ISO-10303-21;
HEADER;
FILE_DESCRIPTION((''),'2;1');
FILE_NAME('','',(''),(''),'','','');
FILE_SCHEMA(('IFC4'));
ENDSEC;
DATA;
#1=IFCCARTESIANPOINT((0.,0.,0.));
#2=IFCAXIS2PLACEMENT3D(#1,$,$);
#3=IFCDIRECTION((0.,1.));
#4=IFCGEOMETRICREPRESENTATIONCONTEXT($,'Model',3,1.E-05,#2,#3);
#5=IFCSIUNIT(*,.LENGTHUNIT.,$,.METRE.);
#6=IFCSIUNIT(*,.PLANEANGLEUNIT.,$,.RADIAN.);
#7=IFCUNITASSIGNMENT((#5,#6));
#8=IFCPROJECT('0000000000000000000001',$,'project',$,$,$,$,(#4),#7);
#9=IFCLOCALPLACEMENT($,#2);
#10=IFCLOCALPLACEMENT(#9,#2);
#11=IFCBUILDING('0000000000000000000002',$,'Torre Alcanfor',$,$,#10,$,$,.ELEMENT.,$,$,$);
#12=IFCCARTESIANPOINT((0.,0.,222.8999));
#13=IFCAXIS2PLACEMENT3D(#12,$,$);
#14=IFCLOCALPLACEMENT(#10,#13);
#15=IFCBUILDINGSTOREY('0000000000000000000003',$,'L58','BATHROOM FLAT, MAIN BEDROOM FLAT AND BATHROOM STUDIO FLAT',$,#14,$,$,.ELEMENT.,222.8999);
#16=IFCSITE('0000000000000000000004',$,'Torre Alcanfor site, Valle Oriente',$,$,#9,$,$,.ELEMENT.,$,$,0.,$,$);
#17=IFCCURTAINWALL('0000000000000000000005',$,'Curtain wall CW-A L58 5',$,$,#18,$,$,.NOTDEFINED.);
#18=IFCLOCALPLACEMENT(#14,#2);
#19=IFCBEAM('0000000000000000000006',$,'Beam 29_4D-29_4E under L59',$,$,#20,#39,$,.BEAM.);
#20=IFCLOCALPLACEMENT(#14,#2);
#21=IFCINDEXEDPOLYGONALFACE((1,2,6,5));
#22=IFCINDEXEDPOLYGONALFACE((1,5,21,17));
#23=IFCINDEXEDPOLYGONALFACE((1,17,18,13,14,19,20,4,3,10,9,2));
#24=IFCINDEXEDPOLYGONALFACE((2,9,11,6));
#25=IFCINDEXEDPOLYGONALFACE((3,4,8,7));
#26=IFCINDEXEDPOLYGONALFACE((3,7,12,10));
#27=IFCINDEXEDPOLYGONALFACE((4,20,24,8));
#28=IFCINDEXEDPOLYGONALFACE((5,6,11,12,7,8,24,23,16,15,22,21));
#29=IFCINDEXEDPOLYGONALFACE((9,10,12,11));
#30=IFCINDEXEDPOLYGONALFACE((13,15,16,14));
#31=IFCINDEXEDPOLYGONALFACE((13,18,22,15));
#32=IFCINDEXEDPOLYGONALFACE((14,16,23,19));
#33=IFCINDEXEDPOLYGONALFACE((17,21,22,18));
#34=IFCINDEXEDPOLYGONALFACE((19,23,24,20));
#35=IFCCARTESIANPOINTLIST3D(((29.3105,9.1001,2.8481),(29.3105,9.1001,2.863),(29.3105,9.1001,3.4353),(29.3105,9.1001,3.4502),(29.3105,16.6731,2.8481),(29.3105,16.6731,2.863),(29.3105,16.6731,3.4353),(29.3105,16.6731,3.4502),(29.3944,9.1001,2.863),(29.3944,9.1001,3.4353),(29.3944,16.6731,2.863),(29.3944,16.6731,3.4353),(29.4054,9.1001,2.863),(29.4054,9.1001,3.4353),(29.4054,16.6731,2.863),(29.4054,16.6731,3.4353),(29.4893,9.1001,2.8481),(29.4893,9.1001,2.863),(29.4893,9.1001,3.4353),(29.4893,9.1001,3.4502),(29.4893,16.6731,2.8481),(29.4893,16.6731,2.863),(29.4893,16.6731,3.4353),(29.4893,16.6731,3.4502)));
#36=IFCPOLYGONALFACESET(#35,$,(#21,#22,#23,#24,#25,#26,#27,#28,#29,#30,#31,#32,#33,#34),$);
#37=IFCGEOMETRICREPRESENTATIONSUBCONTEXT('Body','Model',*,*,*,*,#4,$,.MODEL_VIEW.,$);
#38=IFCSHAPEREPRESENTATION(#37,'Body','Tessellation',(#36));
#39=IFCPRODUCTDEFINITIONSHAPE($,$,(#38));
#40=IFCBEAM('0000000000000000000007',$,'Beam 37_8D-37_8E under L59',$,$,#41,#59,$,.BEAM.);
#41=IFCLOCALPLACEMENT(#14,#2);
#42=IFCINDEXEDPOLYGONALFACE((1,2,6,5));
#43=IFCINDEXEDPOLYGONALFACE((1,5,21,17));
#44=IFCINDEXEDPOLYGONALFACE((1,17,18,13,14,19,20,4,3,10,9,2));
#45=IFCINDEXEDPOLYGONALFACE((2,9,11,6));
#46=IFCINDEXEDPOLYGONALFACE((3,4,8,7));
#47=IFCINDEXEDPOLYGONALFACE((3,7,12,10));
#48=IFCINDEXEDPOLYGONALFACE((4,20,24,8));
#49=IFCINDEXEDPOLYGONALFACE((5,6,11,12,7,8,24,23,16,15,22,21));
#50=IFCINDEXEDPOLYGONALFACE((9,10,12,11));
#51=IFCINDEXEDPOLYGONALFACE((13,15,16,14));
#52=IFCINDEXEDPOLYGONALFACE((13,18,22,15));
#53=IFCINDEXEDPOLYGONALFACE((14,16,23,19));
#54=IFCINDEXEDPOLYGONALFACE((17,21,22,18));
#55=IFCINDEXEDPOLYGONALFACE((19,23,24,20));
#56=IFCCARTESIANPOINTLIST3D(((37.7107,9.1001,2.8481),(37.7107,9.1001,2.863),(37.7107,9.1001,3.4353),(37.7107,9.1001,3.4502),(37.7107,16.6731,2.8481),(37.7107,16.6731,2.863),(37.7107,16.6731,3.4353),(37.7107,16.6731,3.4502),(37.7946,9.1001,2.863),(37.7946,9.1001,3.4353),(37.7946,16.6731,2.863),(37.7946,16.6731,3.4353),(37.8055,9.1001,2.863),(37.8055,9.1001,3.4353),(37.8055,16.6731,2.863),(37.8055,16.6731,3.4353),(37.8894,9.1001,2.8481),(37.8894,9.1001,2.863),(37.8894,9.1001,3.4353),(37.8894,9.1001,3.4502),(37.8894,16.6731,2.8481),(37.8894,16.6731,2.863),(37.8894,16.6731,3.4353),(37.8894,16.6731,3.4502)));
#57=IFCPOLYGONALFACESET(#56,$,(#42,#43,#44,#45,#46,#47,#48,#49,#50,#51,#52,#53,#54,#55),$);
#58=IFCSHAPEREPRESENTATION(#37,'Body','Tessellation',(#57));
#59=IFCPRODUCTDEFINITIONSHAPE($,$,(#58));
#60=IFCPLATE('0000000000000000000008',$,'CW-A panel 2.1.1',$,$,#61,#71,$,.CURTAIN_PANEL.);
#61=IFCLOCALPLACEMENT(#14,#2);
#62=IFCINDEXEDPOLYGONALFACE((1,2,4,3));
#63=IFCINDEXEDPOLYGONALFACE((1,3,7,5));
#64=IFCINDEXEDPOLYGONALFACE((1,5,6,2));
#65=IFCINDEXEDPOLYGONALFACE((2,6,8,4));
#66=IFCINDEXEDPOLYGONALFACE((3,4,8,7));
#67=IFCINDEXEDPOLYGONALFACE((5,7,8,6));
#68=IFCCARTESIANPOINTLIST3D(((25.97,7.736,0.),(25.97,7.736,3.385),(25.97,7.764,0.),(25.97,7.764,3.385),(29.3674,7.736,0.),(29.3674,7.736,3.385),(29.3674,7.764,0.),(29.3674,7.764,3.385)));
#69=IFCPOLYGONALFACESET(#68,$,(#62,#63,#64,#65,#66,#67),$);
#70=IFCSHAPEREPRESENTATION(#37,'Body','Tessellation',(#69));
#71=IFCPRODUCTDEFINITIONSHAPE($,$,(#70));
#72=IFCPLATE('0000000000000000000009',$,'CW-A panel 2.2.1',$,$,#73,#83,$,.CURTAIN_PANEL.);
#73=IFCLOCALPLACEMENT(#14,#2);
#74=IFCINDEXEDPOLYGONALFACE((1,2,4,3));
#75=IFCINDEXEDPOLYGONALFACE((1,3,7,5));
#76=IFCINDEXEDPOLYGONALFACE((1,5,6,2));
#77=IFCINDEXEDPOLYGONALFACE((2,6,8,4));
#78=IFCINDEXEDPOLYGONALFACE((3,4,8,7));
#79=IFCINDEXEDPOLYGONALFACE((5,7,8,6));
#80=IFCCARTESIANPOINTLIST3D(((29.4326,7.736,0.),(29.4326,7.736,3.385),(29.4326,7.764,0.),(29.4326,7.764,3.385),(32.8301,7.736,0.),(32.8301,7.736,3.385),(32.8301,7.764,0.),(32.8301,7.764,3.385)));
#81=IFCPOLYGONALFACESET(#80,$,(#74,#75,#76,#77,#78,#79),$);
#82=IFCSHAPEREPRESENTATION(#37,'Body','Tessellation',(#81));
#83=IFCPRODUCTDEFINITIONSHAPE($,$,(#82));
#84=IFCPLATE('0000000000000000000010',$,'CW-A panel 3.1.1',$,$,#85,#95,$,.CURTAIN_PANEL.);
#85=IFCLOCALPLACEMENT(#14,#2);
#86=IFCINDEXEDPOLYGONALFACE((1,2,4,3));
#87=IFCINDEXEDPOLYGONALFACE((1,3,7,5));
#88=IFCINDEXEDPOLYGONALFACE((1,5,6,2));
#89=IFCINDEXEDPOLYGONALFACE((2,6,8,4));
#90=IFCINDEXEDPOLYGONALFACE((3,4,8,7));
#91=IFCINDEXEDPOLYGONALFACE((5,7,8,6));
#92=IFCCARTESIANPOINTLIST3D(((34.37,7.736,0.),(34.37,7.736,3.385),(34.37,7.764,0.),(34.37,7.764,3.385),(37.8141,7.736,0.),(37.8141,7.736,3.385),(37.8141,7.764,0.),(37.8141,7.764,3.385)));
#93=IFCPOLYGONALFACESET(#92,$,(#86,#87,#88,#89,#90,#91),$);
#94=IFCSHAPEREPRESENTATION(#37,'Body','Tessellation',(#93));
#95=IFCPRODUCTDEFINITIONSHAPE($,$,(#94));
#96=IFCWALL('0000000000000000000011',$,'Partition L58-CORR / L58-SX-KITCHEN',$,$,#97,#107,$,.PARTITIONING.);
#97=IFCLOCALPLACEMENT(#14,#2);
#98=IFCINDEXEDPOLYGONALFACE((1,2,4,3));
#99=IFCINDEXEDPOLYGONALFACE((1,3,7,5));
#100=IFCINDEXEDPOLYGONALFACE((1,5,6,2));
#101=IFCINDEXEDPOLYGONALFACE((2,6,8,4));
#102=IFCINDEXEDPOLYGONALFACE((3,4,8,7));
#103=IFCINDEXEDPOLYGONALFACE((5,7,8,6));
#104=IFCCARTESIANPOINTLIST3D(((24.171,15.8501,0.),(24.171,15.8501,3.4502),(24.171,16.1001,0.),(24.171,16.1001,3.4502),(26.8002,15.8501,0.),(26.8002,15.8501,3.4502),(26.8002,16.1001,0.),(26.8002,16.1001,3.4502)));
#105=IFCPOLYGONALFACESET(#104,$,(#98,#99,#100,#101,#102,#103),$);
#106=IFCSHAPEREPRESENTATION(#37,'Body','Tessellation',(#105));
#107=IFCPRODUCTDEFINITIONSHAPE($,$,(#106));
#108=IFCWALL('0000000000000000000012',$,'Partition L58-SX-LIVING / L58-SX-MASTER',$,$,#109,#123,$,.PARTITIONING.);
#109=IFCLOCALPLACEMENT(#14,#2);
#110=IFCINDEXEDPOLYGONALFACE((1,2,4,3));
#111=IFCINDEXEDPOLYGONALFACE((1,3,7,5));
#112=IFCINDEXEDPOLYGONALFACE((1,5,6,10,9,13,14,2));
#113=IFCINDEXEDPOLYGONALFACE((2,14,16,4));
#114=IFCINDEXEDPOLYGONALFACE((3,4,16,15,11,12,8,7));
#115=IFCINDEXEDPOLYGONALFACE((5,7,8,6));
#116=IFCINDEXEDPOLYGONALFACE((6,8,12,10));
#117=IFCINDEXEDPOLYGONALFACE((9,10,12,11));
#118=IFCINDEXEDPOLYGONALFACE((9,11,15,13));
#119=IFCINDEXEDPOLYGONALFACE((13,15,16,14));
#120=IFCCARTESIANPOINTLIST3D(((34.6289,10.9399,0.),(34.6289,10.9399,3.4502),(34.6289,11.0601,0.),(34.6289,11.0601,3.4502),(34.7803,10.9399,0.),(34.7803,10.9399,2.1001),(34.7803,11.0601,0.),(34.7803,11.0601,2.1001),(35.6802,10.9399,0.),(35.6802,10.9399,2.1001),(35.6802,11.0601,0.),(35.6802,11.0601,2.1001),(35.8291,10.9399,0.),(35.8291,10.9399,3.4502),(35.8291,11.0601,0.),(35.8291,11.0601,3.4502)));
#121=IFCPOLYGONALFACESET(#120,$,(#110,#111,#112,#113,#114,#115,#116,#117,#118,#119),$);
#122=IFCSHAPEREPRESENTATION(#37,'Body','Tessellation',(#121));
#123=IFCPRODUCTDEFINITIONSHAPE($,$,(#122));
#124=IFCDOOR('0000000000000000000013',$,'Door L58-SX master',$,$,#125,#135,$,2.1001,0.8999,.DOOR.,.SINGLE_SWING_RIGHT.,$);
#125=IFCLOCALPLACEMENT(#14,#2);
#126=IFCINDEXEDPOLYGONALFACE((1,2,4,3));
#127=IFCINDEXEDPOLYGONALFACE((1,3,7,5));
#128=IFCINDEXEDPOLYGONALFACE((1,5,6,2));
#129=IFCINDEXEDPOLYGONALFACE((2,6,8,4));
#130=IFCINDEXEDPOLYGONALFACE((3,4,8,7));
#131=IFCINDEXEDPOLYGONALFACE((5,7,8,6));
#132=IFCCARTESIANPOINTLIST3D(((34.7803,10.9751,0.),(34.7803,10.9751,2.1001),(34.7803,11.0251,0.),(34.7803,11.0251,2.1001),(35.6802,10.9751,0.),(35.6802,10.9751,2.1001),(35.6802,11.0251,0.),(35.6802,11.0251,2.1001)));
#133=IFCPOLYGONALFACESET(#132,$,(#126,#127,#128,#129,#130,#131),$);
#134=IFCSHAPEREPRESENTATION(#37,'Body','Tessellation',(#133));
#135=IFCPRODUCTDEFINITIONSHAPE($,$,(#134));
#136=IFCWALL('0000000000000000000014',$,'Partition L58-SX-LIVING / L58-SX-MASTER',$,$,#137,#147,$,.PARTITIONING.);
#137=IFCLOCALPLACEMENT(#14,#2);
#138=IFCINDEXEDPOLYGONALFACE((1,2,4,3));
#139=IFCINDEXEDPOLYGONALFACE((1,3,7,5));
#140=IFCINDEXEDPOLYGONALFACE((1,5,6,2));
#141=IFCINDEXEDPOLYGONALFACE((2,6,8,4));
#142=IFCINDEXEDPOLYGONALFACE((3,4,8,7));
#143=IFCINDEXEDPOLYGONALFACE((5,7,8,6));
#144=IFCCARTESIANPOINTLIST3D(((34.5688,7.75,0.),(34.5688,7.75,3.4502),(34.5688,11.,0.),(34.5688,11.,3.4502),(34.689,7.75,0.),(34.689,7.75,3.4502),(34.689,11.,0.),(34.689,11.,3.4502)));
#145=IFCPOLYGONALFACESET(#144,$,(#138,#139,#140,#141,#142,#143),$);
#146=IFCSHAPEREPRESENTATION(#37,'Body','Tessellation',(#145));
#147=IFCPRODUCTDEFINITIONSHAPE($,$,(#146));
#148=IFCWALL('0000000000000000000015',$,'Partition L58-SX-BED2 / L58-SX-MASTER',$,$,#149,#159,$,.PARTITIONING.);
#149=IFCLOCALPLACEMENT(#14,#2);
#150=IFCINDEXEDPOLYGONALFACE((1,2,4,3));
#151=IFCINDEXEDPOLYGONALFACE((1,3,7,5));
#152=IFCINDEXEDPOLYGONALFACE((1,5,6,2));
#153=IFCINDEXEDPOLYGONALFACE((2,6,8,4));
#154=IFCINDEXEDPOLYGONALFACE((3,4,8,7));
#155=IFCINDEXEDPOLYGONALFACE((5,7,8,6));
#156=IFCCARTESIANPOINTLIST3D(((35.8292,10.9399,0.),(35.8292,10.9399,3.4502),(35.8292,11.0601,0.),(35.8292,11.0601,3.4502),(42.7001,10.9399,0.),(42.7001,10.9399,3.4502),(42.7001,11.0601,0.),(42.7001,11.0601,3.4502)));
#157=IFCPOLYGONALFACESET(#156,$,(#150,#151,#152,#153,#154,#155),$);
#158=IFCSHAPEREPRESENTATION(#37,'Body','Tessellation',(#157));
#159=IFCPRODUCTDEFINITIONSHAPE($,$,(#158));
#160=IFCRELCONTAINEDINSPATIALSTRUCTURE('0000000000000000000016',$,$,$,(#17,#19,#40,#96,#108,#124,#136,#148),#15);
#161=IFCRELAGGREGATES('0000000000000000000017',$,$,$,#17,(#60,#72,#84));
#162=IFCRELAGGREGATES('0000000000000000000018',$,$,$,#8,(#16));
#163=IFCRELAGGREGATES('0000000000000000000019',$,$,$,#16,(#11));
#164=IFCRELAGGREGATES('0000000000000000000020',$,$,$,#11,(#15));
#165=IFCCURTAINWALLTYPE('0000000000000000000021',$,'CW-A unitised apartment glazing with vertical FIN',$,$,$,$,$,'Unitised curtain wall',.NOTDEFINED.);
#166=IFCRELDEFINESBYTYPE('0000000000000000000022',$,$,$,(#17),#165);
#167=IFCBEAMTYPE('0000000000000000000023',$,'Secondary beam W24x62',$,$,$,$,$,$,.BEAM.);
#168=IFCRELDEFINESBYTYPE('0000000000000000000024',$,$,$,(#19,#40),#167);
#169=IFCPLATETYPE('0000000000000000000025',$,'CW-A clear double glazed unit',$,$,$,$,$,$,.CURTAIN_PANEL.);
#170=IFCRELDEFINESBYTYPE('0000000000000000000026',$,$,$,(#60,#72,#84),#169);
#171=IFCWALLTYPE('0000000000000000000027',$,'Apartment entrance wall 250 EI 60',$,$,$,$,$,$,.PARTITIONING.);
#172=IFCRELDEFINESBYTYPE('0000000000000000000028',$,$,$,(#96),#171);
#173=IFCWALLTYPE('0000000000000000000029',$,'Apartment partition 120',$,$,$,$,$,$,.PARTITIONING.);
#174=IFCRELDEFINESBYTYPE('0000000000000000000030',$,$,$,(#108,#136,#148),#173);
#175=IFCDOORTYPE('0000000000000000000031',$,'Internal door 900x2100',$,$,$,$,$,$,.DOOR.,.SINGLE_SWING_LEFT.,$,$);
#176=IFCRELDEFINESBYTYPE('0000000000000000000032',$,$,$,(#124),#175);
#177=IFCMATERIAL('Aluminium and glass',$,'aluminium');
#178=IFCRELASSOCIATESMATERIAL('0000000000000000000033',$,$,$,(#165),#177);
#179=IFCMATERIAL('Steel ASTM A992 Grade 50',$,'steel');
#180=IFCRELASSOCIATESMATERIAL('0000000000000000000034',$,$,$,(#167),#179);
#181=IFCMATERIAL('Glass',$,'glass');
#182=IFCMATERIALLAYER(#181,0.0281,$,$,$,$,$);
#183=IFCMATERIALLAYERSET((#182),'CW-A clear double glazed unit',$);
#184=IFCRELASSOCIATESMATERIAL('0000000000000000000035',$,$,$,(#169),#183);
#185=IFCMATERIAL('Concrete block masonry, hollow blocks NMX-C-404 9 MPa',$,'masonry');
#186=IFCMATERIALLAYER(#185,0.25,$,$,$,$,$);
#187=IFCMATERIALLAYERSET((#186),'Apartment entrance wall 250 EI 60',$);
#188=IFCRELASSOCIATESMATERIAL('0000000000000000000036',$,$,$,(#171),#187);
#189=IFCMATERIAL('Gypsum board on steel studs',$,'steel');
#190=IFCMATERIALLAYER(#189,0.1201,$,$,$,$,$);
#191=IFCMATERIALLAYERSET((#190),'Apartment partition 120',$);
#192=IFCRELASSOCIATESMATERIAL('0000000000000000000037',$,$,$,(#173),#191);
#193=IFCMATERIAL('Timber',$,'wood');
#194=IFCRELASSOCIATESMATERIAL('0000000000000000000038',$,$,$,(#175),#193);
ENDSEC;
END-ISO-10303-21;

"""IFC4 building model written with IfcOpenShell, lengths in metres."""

from ifc_helpers import new_model, si_unit, direction, frame, frame_2d, origin, origin_2d, place, context, subcontext, project, spatial, rectangle, i_section, extrude, material, layer, layer_set, material_profile, profile_set, type_object, element, fill, aggregate, save


model = new_model("IFC4")

# Units and contexts
model_context = context("Model", 3, precision=1e-05, world=origin(), true_north=direction((0.0, 1.0)))
body_context = subcontext(model_context, "Body", "Model", "MODEL_VIEW")
ifc_project = project(units=[si_unit("LENGTHUNIT", "METRE"), si_unit("PLANEANGLEUNIT", "RADIAN")], contexts=[model_context])

# Site, building, storey
site_placement = place(None, origin())
site = spatial("IfcSite", under=ifc_project, at=site_placement, Name="Torre Alcanfor site, Valle Oriente", CompositionType="ELEMENT", RefElevation=0.0)
building_placement = place(site_placement, origin())
building = spatial("IfcBuilding", under=site, at=building_placement, Name="Torre Alcanfor", CompositionType="ELEMENT")
storey_placement = place(building_placement, frame((0.0, 0.0, 222.8999)))
storey = spatial("IfcBuildingStorey", under=building, at=storey_placement, Name="L58", Description="BATHROOM FLAT, MAIN BEDROOM FLAT AND BATHROOM STUDIO FLAT", CompositionType="ELEMENT", Elevation=222.8999)

# Curtain wall
ifc_material_1 = material(Name="Aluminium and glass", Category="aluminium")
curtain_wall_type = type_object("IfcCurtainWallType", Name="CW-A unitised apartment glazing with vertical FIN", ElementType="Unitised curtain wall", PredefinedType="NOTDEFINED", material=ifc_material_1)
curtain_wall_placement = place(storey_placement, origin())
curtain_wall = element("IfcCurtainWall", 1, at=curtain_wall_placement, inside=storey, type_object=curtain_wall_type, Name="Curtain wall CW-A L58 5", PredefinedType="NOTDEFINED")

# Beams
ifc_material_2 = material(Name="Steel ASTM A992 Grade 50", Category="steel")
ifc_material_profile_1 = material_profile(ifc_material_2, i_section(OverallWidth=0.1787, OverallDepth=0.6021, WebThickness=0.011, FlangeThickness=0.0149, at=origin_2d()), Name="W24x62")
ifc_profile_set_1 = profile_set([ifc_material_profile_1], Name="Steel ASTM A992 Grade 50")
beam_type_1 = type_object("IfcBeamType", Name="Secondary beam W24x62", PredefinedType="BEAM", material=ifc_profile_set_1)
for number, where, z_axis, x_axis, name in (
    (2, (29.3999, 9.1001, 3.1492), (0.0, 1.0, 0.0), (-1.0, 0.0, 0.0), "Beam 29_4D-29_4E under L59"),
    (3, (37.8, 9.1001, 3.1492), (0.0, 1.0, 0.0), (-1.0, 0.0, 0.0), "Beam 37_8D-37_8E under L59"),
):
    element("IfcBeam", number, at=place(storey_placement, frame(where, z_axis=z_axis, x_axis=x_axis)), inside=storey, type_object=beam_type_1, Name=name, PredefinedType="BEAM", context=body_context, shape_type="SweptSolid", body=[
        extrude(i_section(OverallWidth=0.1787, OverallDepth=0.6021, WebThickness=0.011, FlangeThickness=0.0149, at=origin_2d()), origin(), (0.0, 0.0, 1.0), 7.573),
    ])

# Plates
ifc_material_3 = material(Name="Glass", Category="glass")
ifc_layer_1 = layer(ifc_material_3, 0.0281)
ifc_layer_set_1 = layer_set([ifc_layer_1], Name="CW-A clear double glazed unit")
plate_type = type_object("IfcPlateType", Name="CW-A clear double glazed unit", PredefinedType="CURTAIN_PANEL", material=ifc_layer_set_1)
plate_1_placement = place(storey_placement, frame((27.6687, 7.75, 0.0), z_axis=(0.0, 0.0, 1.0), x_axis=(1.0, 0.0, 0.0)))
plate_1 = element("IfcPlate", 4, at=plate_1_placement, type_object=plate_type, Name="CW-A panel 2.1.1", PredefinedType="CURTAIN_PANEL", context=body_context, shape_type="SweptSolid", body=[
    extrude(rectangle(XDim=3.3975, YDim=0.0281, at=origin_2d()), origin(), (0.0, 0.0, 1.0), 3.385),
])
plate_2_placement = place(storey_placement, frame((31.1313, 7.75, 0.0), z_axis=(0.0, 0.0, 1.0), x_axis=(1.0, 0.0, 0.0)))
plate_2 = element("IfcPlate", 5, at=plate_2_placement, type_object=plate_type, Name="CW-A panel 2.2.1", PredefinedType="CURTAIN_PANEL", context=body_context, shape_type="SweptSolid", body=[
    extrude(rectangle(XDim=3.3975, YDim=0.0281, at=origin_2d()), origin(), (0.0, 0.0, 1.0), 3.385),
])
plate_3_placement = place(storey_placement, frame((36.092, 7.75, 0.0), z_axis=(0.0, 0.0, 1.0), x_axis=(1.0, 0.0, 0.0)))
plate_3 = element("IfcPlate", 6, at=plate_3_placement, type_object=plate_type, Name="CW-A panel 3.1.1", PredefinedType="CURTAIN_PANEL", context=body_context, shape_type="SweptSolid", body=[
    extrude(rectangle(XDim=3.4441, YDim=0.0281, at=origin_2d()), origin(), (0.0, 0.0, 1.0), 3.385),
])
aggregate(curtain_wall, [plate_1, plate_2, plate_3])

# Wall
ifc_material_4 = material(Name="Concrete block masonry, hollow blocks NMX-C-404 9 MPa", Category="masonry")
ifc_layer_2 = layer(ifc_material_4, 0.25)
ifc_layer_set_2 = layer_set([ifc_layer_2], Name="Apartment entrance wall 250 EI 60")
wall_type_1 = type_object("IfcWallType", Name="Apartment entrance wall 250 EI 60", PredefinedType="PARTITIONING", material=ifc_layer_set_2)
wall_1_placement = place(storey_placement, frame((26.8, 15.9751, 0.0), z_axis=(0.0, 0.0, 1.0), x_axis=(-1.0, 0.0, 0.0)))
element("IfcWall", 7, at=wall_1_placement, inside=storey, type_object=wall_type_1, Name="Partition L58-CORR / L58-SX-KITCHEN", PredefinedType="PARTITIONING", context=body_context, shape_type="SweptSolid", body=[
    extrude(rectangle(XDim=2.6292, YDim=0.25, at=frame_2d((1.3145, 0.0))), origin(), (0.0, 0.0, 1.0), 3.4502),
])

# Wall, opening, door
ifc_material_5 = material(Name="Gypsum board on steel studs", Category="steel")
ifc_layer_3 = layer(ifc_material_5, 0.1201)
ifc_layer_set_3 = layer_set([ifc_layer_3], Name="Apartment partition 120")
wall_type_2 = type_object("IfcWallType", Name="Apartment partition 120", PredefinedType="PARTITIONING", material=ifc_layer_set_3)
wall_2_placement = place(storey_placement, frame((35.8291, 11.0, 0.0), z_axis=(0.0, 0.0, 1.0), x_axis=(-1.0, 0.0, 0.0)))
wall_2 = element("IfcWall", 8, at=wall_2_placement, inside=storey, type_object=wall_type_2, Name="Partition L58-SX-LIVING / L58-SX-MASTER", PredefinedType="PARTITIONING", context=body_context, shape_type="SweptSolid", body=[
    extrude(rectangle(XDim=1.2002, YDim=0.1201, at=frame_2d((0.6001, 0.0))), origin(), (0.0, 0.0, 1.0), 3.4502),
])
opening_1_placement = place(wall_2_placement, frame((0.1489, 0.0, 0.0)))
opening_1 = element("IfcOpeningElement", 9, at=opening_1_placement, cuts=wall_2, PredefinedType="OPENING", context=body_context, shape_type="SweptSolid", body=[
    extrude(rectangle(XDim=0.8999, YDim=2.1001, at=frame_2d((0.45, 1.05))), frame((0.0, 0.0701, 0.0), z_axis=(0.0, -1.0, 0.0), x_axis=(1.0, 0.0, 0.0)), (0.0, 0.0, 1.0), 0.1401),
])
ifc_material_6 = material(Name="Timber", Category="wood")
door_type_1 = type_object("IfcDoorType", Name="Internal door 900x2100", OperationType="SINGLE_SWING_LEFT", PredefinedType="DOOR", material=ifc_material_6)
door_1_placement = place(opening_1_placement, origin())
door_1 = element("IfcDoor", 10, at=door_1_placement, inside=storey, type_object=door_type_1, Name="Door L58-SX master", OperationType="SINGLE_SWING_RIGHT", OverallHeight=2.1001, OverallWidth=0.8999, PredefinedType="DOOR", context=body_context, shape_type="SweptSolid", body=[
    extrude(rectangle(XDim=0.8999, YDim=2.1001, at=frame_2d((0.45, 1.05))), frame((0.0, 0.0249, 0.0), z_axis=(0.0, -1.0, 0.0), x_axis=(1.0, 0.0, 0.0)), (0.0, 0.0, 1.0), 0.05),
])
fill(opening_1, door_1)

# Walls
wall_3_placement = place(storey_placement, frame((34.6289, 11.0, 0.0), z_axis=(0.0, 0.0, 1.0), x_axis=(0.0, -1.0, 0.0)))
element("IfcWall", 11, at=wall_3_placement, inside=storey, type_object=wall_type_2, Name="Partition L58-SX-LIVING / L58-SX-MASTER", PredefinedType="PARTITIONING", context=body_context, shape_type="SweptSolid", body=[
    extrude(rectangle(XDim=3.25, YDim=0.1201, at=frame_2d((1.625, 0.0))), origin(), (0.0, 0.0, 1.0), 3.4502),
])
wall_4_placement = place(storey_placement, frame((35.8291, 11.0, 0.0), z_axis=(0.0, 0.0, 1.0), x_axis=(1.0, 0.0, 0.0)))
element("IfcWall", 12, at=wall_4_placement, inside=storey, type_object=wall_type_2, Name="Partition L58-SX-BED2 / L58-SX-MASTER", PredefinedType="PARTITIONING", context=body_context, shape_type="SweptSolid", body=[
    extrude(rectangle(XDim=6.8708, YDim=0.1201, at=frame_2d((3.4355, 0.0))), origin(), (0.0, 0.0, 1.0), 3.4502),
])

save(model, "model.ifc")
